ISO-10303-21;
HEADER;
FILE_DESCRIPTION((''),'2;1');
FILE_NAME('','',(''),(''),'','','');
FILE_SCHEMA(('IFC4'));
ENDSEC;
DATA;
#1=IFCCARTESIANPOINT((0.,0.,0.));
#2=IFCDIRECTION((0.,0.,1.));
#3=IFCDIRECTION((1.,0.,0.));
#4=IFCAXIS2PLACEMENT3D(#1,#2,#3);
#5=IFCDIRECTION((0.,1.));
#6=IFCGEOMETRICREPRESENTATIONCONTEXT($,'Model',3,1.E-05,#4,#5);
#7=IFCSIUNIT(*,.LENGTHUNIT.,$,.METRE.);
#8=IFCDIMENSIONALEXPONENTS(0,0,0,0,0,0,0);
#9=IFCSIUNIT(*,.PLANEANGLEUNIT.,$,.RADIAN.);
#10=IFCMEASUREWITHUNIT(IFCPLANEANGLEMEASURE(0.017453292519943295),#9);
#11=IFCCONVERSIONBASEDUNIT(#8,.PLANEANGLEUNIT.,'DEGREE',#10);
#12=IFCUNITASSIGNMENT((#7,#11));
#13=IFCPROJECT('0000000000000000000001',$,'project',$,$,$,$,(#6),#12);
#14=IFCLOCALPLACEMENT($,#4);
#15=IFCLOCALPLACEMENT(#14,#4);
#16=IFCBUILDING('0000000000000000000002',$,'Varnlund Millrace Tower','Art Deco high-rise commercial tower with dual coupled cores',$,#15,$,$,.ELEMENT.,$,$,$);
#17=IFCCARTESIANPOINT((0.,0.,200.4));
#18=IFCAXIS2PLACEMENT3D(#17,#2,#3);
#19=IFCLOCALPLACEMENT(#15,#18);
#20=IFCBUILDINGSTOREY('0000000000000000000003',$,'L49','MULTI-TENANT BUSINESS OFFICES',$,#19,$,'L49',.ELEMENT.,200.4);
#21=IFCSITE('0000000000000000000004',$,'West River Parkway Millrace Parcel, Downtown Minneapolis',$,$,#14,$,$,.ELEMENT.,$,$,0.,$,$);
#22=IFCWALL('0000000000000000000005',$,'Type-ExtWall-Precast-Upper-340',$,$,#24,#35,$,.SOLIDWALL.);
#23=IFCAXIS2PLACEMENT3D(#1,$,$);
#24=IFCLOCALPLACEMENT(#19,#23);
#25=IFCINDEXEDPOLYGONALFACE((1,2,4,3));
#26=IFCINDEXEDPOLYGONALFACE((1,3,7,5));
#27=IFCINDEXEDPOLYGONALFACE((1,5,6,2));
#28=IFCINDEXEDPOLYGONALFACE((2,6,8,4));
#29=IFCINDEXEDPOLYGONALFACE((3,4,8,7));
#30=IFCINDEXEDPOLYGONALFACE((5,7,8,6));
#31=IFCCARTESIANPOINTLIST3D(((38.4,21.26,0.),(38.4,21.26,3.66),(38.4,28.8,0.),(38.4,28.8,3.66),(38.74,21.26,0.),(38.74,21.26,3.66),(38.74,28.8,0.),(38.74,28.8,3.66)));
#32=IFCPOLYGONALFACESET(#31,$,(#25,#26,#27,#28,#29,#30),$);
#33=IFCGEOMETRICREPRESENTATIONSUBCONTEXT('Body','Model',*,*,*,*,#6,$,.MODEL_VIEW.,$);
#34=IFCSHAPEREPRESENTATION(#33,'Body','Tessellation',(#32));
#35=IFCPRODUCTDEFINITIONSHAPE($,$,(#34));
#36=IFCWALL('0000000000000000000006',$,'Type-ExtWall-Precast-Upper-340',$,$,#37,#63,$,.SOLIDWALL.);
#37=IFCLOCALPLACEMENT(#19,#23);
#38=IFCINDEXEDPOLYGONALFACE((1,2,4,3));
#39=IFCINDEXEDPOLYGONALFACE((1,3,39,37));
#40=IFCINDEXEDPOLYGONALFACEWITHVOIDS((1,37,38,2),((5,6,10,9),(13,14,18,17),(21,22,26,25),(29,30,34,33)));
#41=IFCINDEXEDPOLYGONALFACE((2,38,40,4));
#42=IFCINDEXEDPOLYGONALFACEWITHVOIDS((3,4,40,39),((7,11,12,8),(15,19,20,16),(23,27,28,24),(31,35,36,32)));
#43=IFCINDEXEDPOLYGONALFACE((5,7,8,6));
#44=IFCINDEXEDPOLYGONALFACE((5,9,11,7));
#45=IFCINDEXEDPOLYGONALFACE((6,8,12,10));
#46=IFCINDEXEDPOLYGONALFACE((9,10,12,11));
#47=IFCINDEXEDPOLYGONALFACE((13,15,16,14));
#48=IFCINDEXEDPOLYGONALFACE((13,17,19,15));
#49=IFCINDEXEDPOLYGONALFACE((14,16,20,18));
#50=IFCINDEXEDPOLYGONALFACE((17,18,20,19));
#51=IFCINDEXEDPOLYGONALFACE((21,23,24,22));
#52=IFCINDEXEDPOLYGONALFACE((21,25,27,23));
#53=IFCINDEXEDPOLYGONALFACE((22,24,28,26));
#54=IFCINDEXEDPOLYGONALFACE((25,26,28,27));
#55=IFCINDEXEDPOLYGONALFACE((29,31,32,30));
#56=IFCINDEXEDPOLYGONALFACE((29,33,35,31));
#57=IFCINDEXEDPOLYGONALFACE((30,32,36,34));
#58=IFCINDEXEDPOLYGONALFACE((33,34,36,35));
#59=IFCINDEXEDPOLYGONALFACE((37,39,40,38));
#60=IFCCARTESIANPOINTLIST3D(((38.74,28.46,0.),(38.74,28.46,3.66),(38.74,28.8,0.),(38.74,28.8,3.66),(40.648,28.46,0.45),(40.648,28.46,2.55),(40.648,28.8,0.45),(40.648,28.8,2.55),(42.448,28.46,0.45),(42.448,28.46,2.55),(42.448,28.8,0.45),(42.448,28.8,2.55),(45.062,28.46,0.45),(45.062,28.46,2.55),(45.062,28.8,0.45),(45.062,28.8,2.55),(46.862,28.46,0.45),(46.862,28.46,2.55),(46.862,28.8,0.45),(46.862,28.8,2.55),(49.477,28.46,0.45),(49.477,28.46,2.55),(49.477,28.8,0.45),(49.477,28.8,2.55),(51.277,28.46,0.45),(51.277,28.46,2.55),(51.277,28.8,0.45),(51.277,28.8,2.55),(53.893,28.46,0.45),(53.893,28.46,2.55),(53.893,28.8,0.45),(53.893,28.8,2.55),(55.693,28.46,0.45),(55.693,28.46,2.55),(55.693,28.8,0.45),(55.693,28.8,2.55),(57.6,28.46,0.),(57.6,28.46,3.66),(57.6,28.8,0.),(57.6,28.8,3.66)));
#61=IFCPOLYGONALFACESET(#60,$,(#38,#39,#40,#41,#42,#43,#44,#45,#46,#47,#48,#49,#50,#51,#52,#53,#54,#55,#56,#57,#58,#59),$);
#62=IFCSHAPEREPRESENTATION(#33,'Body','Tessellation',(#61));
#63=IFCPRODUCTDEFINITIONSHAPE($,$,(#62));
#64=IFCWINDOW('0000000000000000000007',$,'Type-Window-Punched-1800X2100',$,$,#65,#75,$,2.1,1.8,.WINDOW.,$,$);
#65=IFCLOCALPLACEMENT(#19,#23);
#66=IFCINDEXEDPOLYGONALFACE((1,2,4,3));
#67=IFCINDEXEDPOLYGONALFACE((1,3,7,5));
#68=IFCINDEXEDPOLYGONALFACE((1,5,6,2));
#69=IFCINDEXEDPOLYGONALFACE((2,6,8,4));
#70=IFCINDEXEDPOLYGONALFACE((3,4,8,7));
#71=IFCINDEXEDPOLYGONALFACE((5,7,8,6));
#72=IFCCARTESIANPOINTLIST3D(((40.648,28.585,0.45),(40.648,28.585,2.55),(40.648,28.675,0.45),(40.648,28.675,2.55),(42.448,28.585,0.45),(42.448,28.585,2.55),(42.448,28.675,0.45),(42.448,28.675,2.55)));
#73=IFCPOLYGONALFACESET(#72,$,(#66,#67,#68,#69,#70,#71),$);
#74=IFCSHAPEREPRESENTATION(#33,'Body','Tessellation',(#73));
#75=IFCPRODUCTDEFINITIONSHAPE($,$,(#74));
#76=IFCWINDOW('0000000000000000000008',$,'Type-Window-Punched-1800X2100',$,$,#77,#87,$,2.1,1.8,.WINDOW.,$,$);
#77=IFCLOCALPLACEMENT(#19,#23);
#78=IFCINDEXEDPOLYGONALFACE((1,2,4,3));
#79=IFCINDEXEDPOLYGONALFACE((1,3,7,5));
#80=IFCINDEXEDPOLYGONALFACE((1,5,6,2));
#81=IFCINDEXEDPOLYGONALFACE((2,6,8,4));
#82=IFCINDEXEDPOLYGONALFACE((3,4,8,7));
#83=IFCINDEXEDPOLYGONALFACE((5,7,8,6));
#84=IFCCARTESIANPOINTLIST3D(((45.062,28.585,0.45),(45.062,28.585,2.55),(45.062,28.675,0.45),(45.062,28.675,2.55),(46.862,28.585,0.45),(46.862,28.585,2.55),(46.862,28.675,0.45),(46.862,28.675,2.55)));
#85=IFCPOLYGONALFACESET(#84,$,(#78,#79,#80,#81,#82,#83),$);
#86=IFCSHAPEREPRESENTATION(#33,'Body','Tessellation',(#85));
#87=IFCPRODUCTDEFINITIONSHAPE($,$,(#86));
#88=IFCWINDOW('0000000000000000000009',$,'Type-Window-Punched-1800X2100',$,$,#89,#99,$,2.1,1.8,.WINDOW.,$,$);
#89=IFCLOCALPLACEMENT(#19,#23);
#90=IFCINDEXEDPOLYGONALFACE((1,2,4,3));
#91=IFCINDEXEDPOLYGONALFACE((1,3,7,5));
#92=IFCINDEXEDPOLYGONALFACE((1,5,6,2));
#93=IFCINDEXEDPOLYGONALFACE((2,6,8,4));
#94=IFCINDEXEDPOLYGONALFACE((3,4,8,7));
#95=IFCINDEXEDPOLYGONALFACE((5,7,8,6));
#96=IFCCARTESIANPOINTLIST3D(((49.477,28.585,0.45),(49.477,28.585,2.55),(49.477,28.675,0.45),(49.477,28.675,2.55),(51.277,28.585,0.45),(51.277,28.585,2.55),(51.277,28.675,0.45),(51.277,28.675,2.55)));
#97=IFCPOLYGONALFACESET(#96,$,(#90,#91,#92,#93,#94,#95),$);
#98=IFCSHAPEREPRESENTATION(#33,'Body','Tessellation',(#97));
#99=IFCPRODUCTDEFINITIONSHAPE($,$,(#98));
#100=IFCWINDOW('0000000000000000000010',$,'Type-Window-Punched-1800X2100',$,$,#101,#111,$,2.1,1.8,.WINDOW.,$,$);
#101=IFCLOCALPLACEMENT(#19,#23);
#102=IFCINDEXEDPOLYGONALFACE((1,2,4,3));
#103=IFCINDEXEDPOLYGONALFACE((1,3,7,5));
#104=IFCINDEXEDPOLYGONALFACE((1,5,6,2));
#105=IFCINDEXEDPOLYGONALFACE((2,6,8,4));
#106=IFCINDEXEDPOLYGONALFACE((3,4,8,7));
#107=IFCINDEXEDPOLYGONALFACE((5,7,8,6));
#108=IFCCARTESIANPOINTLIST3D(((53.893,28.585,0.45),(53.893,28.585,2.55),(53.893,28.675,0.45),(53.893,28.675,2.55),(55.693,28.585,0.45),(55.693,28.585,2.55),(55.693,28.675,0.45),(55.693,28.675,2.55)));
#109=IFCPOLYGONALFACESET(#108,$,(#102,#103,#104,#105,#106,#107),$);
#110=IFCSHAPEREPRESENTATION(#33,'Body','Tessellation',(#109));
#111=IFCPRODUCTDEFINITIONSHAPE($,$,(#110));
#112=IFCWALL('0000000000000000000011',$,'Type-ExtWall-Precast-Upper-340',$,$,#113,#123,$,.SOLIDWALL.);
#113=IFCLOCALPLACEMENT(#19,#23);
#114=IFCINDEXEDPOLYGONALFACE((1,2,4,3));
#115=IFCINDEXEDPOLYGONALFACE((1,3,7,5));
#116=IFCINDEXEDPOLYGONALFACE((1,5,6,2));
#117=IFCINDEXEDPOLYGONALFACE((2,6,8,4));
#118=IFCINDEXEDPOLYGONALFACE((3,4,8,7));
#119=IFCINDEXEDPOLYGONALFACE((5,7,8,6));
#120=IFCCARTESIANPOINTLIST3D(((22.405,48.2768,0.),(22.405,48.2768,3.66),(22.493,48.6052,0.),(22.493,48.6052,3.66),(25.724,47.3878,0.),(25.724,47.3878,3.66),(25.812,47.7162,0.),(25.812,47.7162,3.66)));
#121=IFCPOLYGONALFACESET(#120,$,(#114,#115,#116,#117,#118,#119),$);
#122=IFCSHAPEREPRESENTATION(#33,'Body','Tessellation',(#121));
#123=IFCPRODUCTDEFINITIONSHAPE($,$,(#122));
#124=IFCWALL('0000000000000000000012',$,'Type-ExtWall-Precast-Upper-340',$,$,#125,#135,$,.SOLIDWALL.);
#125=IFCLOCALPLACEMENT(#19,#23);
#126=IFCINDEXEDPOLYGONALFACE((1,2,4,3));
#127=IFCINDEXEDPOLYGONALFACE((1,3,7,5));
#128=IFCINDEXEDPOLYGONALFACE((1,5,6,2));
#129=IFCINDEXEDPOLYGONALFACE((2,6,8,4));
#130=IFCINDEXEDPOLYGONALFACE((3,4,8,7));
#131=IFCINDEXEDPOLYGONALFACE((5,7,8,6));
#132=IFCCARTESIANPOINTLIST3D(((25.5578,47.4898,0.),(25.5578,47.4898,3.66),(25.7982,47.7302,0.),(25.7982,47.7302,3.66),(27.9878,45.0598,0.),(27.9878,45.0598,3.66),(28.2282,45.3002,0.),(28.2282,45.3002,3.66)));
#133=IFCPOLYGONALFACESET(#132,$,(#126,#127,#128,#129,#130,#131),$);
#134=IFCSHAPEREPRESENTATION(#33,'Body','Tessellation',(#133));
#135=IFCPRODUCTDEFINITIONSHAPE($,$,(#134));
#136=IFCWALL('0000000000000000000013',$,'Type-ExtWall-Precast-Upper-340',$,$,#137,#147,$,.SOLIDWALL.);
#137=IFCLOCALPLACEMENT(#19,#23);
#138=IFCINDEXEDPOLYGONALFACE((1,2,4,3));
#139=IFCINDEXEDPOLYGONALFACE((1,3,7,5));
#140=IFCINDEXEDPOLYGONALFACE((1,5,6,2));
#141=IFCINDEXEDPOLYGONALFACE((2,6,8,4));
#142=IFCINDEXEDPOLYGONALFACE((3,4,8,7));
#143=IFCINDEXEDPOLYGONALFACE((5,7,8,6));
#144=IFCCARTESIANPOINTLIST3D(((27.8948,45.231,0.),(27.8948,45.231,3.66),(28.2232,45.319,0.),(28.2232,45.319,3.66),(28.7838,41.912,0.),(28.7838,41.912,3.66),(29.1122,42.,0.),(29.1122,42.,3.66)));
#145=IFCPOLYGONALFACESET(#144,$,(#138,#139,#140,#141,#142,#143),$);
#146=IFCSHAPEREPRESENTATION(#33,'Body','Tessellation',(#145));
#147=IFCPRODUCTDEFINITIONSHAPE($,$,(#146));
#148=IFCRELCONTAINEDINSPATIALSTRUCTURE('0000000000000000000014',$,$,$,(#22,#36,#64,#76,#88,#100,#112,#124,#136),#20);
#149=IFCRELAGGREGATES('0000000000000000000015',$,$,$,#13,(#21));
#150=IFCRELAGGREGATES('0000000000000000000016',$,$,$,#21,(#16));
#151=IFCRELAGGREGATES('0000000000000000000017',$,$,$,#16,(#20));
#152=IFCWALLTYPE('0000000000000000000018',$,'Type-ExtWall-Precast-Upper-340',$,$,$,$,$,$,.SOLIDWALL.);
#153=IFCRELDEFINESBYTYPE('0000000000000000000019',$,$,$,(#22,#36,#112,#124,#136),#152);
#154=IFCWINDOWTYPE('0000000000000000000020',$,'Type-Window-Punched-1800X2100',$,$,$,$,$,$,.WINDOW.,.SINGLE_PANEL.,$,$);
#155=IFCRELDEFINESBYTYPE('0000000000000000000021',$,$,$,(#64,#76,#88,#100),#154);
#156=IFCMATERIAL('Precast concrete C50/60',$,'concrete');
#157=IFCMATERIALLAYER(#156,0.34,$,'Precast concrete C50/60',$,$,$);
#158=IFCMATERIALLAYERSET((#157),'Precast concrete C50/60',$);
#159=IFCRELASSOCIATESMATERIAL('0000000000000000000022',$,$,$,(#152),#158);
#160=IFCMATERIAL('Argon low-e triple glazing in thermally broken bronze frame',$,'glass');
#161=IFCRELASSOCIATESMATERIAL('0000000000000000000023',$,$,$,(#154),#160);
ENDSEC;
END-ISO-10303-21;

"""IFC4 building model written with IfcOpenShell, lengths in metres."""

from ifc_helpers import new_model, entity, si_unit, converted_unit, direction, frame, origin_with_axes, origin_2d_with_axis, place, context, subcontext, project, spatial, polyline, rectangle, outline, extrude, material, layer, layer_set, type_object, element, fill, save


model = new_model("IFC4")

# Units and contexts
model_context = context("Model", 3, precision=1e-05, world=origin_with_axes(), true_north=direction((0.0, 1.0)))
body_context = subcontext(model_context, "Body", "Model", "MODEL_VIEW")
ifc_project = project(units=[si_unit("LENGTHUNIT", "METRE"), converted_unit("PLANEANGLEUNIT", "DEGREE", entity("IfcPlaneAngleMeasure", 0.017453292519943295), si_unit("PLANEANGLEUNIT", "RADIAN"), dimensions=[0, 0, 0, 0, 0, 0, 0])], contexts=[model_context])

# Site, building, storey
site_placement = place(None, origin_with_axes())
site = spatial("IfcSite", under=ifc_project, at=site_placement, Name="West River Parkway Millrace Parcel, Downtown Minneapolis", CompositionType="ELEMENT", RefElevation=0.0)
building_placement = place(site_placement, origin_with_axes())
building = spatial("IfcBuilding", under=site, at=building_placement, Name="Varnlund Millrace Tower", Description="Art Deco high-rise commercial tower with dual coupled cores", CompositionType="ELEMENT")
storey_placement = place(building_placement, frame((0.0, 0.0, 200.4), z_axis=(0.0, 0.0, 1.0), x_axis=(1.0, 0.0, 0.0)))
storey = spatial("IfcBuildingStorey", under=building, at=storey_placement, Name="L49", Description="MULTI-TENANT BUSINESS OFFICES", LongName="L49", CompositionType="ELEMENT", Elevation=200.4)

# Wall
ifc_material_1 = material(Name="Precast concrete C50/60", Category="concrete")
ifc_layer_1 = layer(ifc_material_1, 0.34, Name="Precast concrete C50/60")
ifc_layer_set_1 = layer_set([ifc_layer_1], Name="Precast concrete C50/60")
wall_type_1 = type_object("IfcWallType", Name="Type-ExtWall-Precast-Upper-340", PredefinedType="SOLIDWALL", material=ifc_layer_set_1)
wall_1_placement = place(storey_placement, frame((38.57, 21.26, 0.0), z_axis=(0.0, 0.0, 1.0), x_axis=(0.0, 1.0, 0.0)))
element("IfcWall", 1, at=wall_1_placement, inside=storey, type_object=wall_type_1, Name="Type-ExtWall-Precast-Upper-340", PredefinedType="SOLIDWALL", context=body_context, shape_type="SweptSolid", body=[
    extrude(outline(polyline([(0.0, -0.17), (7.54, -0.17), (7.54, 0.17), (0.0, 0.17), (0.0, -0.17)])), origin_with_axes(), (0.0, 0.0, 1.0), 3.66),
])

# Wall, openings, windows
wall_2_placement = place(storey_placement, frame((38.74, 28.63, 0.0), z_axis=(0.0, 0.0, 1.0), x_axis=(1.0, 0.0, 0.0)))
wall_2 = element("IfcWall", 2, at=wall_2_placement, inside=storey, type_object=wall_type_1, Name="Type-ExtWall-Precast-Upper-340", PredefinedType="SOLIDWALL", context=body_context, shape_type="SweptSolid", body=[
    extrude(outline(polyline([(0.0, -0.17), (18.86, -0.17), (18.86, 0.17), (0.0, 0.17), (0.0, -0.17)])), origin_with_axes(), (0.0, 0.0, 1.0), 3.66),
])
opening_1_placement = place(wall_2_placement, frame((2.808, 0.0, 0.45), z_axis=(0.0, 0.0, 1.0), x_axis=(1.0, 0.0, 0.0)))
opening_1 = element("IfcOpeningElement", 3, at=opening_1_placement, cuts=wall_2, PredefinedType="OPENING", context=body_context, shape_type="SweptSolid", body=[
    extrude(rectangle(XDim=1.8, YDim=0.36, at=origin_2d_with_axis()), origin_with_axes(), (0.0, 0.0, 1.0), 2.1),
])
opening_2_placement = place(wall_2_placement, frame((7.222, 0.0, 0.45), z_axis=(0.0, 0.0, 1.0), x_axis=(1.0, 0.0, 0.0)))
opening_2 = element("IfcOpeningElement", 4, at=opening_2_placement, cuts=wall_2, PredefinedType="OPENING", context=body_context, shape_type="SweptSolid", body=[
    extrude(rectangle(XDim=1.8, YDim=0.36, at=origin_2d_with_axis()), origin_with_axes(), (0.0, 0.0, 1.0), 2.1),
])
opening_3_placement = place(wall_2_placement, frame((11.637, 0.0, 0.45), z_axis=(0.0, 0.0, 1.0), x_axis=(1.0, 0.0, 0.0)))
opening_3 = element("IfcOpeningElement", 5, at=opening_3_placement, cuts=wall_2, PredefinedType="OPENING", context=body_context, shape_type="SweptSolid", body=[
    extrude(rectangle(XDim=1.8, YDim=0.36, at=origin_2d_with_axis()), origin_with_axes(), (0.0, 0.0, 1.0), 2.1),
])
opening_4_placement = place(wall_2_placement, frame((16.053, 0.0, 0.45), z_axis=(0.0, 0.0, 1.0), x_axis=(1.0, 0.0, 0.0)))
opening_4 = element("IfcOpeningElement", 6, at=opening_4_placement, cuts=wall_2, PredefinedType="OPENING", context=body_context, shape_type="SweptSolid", body=[
    extrude(rectangle(XDim=1.8, YDim=0.36, at=origin_2d_with_axis()), origin_with_axes(), (0.0, 0.0, 1.0), 2.1),
])
ifc_material_2 = material(Name="Argon low-e triple glazing in thermally broken bronze frame", Category="glass")
window_type_1 = type_object("IfcWindowType", Name="Type-Window-Punched-1800X2100", PartitioningType="SINGLE_PANEL", PredefinedType="WINDOW", material=ifc_material_2)
window_1_placement = place(wall_2_placement, frame((2.808, 0.0, 0.45), z_axis=(0.0, 0.0, 1.0), x_axis=(1.0, 0.0, 0.0)))
window_1 = element("IfcWindow", 7, at=window_1_placement, inside=storey, type_object=window_type_1, Name="Type-Window-Punched-1800X2100", OverallHeight=2.1, OverallWidth=1.8, PredefinedType="WINDOW", context=body_context, shape_type="SweptSolid", body=[
    extrude(rectangle(XDim=1.8, YDim=0.09, at=origin_2d_with_axis()), origin_with_axes(), (0.0, 0.0, 1.0), 2.1),
])
fill(opening_1, window_1)
window_2_placement = place(wall_2_placement, frame((7.222, 0.0, 0.45), z_axis=(0.0, 0.0, 1.0), x_axis=(1.0, 0.0, 0.0)))
window_2 = element("IfcWindow", 8, at=window_2_placement, inside=storey, type_object=window_type_1, Name="Type-Window-Punched-1800X2100", OverallHeight=2.1, OverallWidth=1.8, PredefinedType="WINDOW", context=body_context, shape_type="SweptSolid", body=[
    extrude(rectangle(XDim=1.8, YDim=0.09, at=origin_2d_with_axis()), origin_with_axes(), (0.0, 0.0, 1.0), 2.1),
])
fill(opening_2, window_2)
window_3_placement = place(wall_2_placement, frame((11.637, 0.0, 0.45), z_axis=(0.0, 0.0, 1.0), x_axis=(1.0, 0.0, 0.0)))
window_3 = element("IfcWindow", 9, at=window_3_placement, inside=storey, type_object=window_type_1, Name="Type-Window-Punched-1800X2100", OverallHeight=2.1, OverallWidth=1.8, PredefinedType="WINDOW", context=body_context, shape_type="SweptSolid", body=[
    extrude(rectangle(XDim=1.8, YDim=0.09, at=origin_2d_with_axis()), origin_with_axes(), (0.0, 0.0, 1.0), 2.1),
])
fill(opening_3, window_3)
window_4_placement = place(wall_2_placement, frame((16.053, 0.0, 0.45), z_axis=(0.0, 0.0, 1.0), x_axis=(1.0, 0.0, 0.0)))
window_4 = element("IfcWindow", 10, at=window_4_placement, inside=storey, type_object=window_type_1, Name="Type-Window-Punched-1800X2100", OverallHeight=2.1, OverallWidth=1.8, PredefinedType="WINDOW", context=body_context, shape_type="SweptSolid", body=[
    extrude(rectangle(XDim=1.8, YDim=0.09, at=origin_2d_with_axis()), origin_with_axes(), (0.0, 0.0, 1.0), 2.1),
])
fill(opening_4, window_4)

# Walls
wall_3_placement = place(storey_placement, frame((22.449, 48.441, 0.0), z_axis=(0.0, 0.0, 1.0), x_axis=(0.965949, -0.258731, 0.0)))
element("IfcWall", 11, at=wall_3_placement, inside=storey, type_object=wall_type_1, Name="Type-ExtWall-Precast-Upper-340", PredefinedType="SOLIDWALL", context=body_context, shape_type="SweptSolid", body=[
    extrude(outline(polyline([(0.0, -0.17), (3.436, -0.17), (3.436, 0.17), (0.0, 0.17), (0.0, -0.17)])), origin_with_axes(), (0.0, 0.0, 1.0), 3.66),
])
wall_4_placement = place(storey_placement, frame((25.678, 47.61, 0.0), z_axis=(0.0, 0.0, 1.0), x_axis=(0.707107, -0.707107, 0.0)))
element("IfcWall", 12, at=wall_4_placement, inside=storey, type_object=wall_type_1, Name="Type-ExtWall-Precast-Upper-340", PredefinedType="SOLIDWALL", context=body_context, shape_type="SweptSolid", body=[
    extrude(outline(polyline([(0.0, -0.17), (3.4365, -0.17), (3.4365, 0.17), (0.0, 0.17), (0.0, -0.17)])), origin_with_axes(), (0.0, 0.0, 1.0), 3.66),
])
wall_5_placement = place(storey_placement, frame((28.059, 45.275, 0.0), z_axis=(0.0, 0.0, 1.0), x_axis=(0.258731, -0.965949, 0.0)))
element("IfcWall", 13, at=wall_5_placement, inside=storey, type_object=wall_type_1, Name="Type-ExtWall-Precast-Upper-340", PredefinedType="SOLIDWALL", context=body_context, shape_type="SweptSolid", body=[
    extrude(outline(polyline([(0.0, -0.17), (3.436, -0.17), (3.436, 0.17), (0.0, 0.17), (0.0, -0.17)])), origin_with_axes(), (0.0, 0.0, 1.0), 3.66),
])

save(model, "model.ifc")
